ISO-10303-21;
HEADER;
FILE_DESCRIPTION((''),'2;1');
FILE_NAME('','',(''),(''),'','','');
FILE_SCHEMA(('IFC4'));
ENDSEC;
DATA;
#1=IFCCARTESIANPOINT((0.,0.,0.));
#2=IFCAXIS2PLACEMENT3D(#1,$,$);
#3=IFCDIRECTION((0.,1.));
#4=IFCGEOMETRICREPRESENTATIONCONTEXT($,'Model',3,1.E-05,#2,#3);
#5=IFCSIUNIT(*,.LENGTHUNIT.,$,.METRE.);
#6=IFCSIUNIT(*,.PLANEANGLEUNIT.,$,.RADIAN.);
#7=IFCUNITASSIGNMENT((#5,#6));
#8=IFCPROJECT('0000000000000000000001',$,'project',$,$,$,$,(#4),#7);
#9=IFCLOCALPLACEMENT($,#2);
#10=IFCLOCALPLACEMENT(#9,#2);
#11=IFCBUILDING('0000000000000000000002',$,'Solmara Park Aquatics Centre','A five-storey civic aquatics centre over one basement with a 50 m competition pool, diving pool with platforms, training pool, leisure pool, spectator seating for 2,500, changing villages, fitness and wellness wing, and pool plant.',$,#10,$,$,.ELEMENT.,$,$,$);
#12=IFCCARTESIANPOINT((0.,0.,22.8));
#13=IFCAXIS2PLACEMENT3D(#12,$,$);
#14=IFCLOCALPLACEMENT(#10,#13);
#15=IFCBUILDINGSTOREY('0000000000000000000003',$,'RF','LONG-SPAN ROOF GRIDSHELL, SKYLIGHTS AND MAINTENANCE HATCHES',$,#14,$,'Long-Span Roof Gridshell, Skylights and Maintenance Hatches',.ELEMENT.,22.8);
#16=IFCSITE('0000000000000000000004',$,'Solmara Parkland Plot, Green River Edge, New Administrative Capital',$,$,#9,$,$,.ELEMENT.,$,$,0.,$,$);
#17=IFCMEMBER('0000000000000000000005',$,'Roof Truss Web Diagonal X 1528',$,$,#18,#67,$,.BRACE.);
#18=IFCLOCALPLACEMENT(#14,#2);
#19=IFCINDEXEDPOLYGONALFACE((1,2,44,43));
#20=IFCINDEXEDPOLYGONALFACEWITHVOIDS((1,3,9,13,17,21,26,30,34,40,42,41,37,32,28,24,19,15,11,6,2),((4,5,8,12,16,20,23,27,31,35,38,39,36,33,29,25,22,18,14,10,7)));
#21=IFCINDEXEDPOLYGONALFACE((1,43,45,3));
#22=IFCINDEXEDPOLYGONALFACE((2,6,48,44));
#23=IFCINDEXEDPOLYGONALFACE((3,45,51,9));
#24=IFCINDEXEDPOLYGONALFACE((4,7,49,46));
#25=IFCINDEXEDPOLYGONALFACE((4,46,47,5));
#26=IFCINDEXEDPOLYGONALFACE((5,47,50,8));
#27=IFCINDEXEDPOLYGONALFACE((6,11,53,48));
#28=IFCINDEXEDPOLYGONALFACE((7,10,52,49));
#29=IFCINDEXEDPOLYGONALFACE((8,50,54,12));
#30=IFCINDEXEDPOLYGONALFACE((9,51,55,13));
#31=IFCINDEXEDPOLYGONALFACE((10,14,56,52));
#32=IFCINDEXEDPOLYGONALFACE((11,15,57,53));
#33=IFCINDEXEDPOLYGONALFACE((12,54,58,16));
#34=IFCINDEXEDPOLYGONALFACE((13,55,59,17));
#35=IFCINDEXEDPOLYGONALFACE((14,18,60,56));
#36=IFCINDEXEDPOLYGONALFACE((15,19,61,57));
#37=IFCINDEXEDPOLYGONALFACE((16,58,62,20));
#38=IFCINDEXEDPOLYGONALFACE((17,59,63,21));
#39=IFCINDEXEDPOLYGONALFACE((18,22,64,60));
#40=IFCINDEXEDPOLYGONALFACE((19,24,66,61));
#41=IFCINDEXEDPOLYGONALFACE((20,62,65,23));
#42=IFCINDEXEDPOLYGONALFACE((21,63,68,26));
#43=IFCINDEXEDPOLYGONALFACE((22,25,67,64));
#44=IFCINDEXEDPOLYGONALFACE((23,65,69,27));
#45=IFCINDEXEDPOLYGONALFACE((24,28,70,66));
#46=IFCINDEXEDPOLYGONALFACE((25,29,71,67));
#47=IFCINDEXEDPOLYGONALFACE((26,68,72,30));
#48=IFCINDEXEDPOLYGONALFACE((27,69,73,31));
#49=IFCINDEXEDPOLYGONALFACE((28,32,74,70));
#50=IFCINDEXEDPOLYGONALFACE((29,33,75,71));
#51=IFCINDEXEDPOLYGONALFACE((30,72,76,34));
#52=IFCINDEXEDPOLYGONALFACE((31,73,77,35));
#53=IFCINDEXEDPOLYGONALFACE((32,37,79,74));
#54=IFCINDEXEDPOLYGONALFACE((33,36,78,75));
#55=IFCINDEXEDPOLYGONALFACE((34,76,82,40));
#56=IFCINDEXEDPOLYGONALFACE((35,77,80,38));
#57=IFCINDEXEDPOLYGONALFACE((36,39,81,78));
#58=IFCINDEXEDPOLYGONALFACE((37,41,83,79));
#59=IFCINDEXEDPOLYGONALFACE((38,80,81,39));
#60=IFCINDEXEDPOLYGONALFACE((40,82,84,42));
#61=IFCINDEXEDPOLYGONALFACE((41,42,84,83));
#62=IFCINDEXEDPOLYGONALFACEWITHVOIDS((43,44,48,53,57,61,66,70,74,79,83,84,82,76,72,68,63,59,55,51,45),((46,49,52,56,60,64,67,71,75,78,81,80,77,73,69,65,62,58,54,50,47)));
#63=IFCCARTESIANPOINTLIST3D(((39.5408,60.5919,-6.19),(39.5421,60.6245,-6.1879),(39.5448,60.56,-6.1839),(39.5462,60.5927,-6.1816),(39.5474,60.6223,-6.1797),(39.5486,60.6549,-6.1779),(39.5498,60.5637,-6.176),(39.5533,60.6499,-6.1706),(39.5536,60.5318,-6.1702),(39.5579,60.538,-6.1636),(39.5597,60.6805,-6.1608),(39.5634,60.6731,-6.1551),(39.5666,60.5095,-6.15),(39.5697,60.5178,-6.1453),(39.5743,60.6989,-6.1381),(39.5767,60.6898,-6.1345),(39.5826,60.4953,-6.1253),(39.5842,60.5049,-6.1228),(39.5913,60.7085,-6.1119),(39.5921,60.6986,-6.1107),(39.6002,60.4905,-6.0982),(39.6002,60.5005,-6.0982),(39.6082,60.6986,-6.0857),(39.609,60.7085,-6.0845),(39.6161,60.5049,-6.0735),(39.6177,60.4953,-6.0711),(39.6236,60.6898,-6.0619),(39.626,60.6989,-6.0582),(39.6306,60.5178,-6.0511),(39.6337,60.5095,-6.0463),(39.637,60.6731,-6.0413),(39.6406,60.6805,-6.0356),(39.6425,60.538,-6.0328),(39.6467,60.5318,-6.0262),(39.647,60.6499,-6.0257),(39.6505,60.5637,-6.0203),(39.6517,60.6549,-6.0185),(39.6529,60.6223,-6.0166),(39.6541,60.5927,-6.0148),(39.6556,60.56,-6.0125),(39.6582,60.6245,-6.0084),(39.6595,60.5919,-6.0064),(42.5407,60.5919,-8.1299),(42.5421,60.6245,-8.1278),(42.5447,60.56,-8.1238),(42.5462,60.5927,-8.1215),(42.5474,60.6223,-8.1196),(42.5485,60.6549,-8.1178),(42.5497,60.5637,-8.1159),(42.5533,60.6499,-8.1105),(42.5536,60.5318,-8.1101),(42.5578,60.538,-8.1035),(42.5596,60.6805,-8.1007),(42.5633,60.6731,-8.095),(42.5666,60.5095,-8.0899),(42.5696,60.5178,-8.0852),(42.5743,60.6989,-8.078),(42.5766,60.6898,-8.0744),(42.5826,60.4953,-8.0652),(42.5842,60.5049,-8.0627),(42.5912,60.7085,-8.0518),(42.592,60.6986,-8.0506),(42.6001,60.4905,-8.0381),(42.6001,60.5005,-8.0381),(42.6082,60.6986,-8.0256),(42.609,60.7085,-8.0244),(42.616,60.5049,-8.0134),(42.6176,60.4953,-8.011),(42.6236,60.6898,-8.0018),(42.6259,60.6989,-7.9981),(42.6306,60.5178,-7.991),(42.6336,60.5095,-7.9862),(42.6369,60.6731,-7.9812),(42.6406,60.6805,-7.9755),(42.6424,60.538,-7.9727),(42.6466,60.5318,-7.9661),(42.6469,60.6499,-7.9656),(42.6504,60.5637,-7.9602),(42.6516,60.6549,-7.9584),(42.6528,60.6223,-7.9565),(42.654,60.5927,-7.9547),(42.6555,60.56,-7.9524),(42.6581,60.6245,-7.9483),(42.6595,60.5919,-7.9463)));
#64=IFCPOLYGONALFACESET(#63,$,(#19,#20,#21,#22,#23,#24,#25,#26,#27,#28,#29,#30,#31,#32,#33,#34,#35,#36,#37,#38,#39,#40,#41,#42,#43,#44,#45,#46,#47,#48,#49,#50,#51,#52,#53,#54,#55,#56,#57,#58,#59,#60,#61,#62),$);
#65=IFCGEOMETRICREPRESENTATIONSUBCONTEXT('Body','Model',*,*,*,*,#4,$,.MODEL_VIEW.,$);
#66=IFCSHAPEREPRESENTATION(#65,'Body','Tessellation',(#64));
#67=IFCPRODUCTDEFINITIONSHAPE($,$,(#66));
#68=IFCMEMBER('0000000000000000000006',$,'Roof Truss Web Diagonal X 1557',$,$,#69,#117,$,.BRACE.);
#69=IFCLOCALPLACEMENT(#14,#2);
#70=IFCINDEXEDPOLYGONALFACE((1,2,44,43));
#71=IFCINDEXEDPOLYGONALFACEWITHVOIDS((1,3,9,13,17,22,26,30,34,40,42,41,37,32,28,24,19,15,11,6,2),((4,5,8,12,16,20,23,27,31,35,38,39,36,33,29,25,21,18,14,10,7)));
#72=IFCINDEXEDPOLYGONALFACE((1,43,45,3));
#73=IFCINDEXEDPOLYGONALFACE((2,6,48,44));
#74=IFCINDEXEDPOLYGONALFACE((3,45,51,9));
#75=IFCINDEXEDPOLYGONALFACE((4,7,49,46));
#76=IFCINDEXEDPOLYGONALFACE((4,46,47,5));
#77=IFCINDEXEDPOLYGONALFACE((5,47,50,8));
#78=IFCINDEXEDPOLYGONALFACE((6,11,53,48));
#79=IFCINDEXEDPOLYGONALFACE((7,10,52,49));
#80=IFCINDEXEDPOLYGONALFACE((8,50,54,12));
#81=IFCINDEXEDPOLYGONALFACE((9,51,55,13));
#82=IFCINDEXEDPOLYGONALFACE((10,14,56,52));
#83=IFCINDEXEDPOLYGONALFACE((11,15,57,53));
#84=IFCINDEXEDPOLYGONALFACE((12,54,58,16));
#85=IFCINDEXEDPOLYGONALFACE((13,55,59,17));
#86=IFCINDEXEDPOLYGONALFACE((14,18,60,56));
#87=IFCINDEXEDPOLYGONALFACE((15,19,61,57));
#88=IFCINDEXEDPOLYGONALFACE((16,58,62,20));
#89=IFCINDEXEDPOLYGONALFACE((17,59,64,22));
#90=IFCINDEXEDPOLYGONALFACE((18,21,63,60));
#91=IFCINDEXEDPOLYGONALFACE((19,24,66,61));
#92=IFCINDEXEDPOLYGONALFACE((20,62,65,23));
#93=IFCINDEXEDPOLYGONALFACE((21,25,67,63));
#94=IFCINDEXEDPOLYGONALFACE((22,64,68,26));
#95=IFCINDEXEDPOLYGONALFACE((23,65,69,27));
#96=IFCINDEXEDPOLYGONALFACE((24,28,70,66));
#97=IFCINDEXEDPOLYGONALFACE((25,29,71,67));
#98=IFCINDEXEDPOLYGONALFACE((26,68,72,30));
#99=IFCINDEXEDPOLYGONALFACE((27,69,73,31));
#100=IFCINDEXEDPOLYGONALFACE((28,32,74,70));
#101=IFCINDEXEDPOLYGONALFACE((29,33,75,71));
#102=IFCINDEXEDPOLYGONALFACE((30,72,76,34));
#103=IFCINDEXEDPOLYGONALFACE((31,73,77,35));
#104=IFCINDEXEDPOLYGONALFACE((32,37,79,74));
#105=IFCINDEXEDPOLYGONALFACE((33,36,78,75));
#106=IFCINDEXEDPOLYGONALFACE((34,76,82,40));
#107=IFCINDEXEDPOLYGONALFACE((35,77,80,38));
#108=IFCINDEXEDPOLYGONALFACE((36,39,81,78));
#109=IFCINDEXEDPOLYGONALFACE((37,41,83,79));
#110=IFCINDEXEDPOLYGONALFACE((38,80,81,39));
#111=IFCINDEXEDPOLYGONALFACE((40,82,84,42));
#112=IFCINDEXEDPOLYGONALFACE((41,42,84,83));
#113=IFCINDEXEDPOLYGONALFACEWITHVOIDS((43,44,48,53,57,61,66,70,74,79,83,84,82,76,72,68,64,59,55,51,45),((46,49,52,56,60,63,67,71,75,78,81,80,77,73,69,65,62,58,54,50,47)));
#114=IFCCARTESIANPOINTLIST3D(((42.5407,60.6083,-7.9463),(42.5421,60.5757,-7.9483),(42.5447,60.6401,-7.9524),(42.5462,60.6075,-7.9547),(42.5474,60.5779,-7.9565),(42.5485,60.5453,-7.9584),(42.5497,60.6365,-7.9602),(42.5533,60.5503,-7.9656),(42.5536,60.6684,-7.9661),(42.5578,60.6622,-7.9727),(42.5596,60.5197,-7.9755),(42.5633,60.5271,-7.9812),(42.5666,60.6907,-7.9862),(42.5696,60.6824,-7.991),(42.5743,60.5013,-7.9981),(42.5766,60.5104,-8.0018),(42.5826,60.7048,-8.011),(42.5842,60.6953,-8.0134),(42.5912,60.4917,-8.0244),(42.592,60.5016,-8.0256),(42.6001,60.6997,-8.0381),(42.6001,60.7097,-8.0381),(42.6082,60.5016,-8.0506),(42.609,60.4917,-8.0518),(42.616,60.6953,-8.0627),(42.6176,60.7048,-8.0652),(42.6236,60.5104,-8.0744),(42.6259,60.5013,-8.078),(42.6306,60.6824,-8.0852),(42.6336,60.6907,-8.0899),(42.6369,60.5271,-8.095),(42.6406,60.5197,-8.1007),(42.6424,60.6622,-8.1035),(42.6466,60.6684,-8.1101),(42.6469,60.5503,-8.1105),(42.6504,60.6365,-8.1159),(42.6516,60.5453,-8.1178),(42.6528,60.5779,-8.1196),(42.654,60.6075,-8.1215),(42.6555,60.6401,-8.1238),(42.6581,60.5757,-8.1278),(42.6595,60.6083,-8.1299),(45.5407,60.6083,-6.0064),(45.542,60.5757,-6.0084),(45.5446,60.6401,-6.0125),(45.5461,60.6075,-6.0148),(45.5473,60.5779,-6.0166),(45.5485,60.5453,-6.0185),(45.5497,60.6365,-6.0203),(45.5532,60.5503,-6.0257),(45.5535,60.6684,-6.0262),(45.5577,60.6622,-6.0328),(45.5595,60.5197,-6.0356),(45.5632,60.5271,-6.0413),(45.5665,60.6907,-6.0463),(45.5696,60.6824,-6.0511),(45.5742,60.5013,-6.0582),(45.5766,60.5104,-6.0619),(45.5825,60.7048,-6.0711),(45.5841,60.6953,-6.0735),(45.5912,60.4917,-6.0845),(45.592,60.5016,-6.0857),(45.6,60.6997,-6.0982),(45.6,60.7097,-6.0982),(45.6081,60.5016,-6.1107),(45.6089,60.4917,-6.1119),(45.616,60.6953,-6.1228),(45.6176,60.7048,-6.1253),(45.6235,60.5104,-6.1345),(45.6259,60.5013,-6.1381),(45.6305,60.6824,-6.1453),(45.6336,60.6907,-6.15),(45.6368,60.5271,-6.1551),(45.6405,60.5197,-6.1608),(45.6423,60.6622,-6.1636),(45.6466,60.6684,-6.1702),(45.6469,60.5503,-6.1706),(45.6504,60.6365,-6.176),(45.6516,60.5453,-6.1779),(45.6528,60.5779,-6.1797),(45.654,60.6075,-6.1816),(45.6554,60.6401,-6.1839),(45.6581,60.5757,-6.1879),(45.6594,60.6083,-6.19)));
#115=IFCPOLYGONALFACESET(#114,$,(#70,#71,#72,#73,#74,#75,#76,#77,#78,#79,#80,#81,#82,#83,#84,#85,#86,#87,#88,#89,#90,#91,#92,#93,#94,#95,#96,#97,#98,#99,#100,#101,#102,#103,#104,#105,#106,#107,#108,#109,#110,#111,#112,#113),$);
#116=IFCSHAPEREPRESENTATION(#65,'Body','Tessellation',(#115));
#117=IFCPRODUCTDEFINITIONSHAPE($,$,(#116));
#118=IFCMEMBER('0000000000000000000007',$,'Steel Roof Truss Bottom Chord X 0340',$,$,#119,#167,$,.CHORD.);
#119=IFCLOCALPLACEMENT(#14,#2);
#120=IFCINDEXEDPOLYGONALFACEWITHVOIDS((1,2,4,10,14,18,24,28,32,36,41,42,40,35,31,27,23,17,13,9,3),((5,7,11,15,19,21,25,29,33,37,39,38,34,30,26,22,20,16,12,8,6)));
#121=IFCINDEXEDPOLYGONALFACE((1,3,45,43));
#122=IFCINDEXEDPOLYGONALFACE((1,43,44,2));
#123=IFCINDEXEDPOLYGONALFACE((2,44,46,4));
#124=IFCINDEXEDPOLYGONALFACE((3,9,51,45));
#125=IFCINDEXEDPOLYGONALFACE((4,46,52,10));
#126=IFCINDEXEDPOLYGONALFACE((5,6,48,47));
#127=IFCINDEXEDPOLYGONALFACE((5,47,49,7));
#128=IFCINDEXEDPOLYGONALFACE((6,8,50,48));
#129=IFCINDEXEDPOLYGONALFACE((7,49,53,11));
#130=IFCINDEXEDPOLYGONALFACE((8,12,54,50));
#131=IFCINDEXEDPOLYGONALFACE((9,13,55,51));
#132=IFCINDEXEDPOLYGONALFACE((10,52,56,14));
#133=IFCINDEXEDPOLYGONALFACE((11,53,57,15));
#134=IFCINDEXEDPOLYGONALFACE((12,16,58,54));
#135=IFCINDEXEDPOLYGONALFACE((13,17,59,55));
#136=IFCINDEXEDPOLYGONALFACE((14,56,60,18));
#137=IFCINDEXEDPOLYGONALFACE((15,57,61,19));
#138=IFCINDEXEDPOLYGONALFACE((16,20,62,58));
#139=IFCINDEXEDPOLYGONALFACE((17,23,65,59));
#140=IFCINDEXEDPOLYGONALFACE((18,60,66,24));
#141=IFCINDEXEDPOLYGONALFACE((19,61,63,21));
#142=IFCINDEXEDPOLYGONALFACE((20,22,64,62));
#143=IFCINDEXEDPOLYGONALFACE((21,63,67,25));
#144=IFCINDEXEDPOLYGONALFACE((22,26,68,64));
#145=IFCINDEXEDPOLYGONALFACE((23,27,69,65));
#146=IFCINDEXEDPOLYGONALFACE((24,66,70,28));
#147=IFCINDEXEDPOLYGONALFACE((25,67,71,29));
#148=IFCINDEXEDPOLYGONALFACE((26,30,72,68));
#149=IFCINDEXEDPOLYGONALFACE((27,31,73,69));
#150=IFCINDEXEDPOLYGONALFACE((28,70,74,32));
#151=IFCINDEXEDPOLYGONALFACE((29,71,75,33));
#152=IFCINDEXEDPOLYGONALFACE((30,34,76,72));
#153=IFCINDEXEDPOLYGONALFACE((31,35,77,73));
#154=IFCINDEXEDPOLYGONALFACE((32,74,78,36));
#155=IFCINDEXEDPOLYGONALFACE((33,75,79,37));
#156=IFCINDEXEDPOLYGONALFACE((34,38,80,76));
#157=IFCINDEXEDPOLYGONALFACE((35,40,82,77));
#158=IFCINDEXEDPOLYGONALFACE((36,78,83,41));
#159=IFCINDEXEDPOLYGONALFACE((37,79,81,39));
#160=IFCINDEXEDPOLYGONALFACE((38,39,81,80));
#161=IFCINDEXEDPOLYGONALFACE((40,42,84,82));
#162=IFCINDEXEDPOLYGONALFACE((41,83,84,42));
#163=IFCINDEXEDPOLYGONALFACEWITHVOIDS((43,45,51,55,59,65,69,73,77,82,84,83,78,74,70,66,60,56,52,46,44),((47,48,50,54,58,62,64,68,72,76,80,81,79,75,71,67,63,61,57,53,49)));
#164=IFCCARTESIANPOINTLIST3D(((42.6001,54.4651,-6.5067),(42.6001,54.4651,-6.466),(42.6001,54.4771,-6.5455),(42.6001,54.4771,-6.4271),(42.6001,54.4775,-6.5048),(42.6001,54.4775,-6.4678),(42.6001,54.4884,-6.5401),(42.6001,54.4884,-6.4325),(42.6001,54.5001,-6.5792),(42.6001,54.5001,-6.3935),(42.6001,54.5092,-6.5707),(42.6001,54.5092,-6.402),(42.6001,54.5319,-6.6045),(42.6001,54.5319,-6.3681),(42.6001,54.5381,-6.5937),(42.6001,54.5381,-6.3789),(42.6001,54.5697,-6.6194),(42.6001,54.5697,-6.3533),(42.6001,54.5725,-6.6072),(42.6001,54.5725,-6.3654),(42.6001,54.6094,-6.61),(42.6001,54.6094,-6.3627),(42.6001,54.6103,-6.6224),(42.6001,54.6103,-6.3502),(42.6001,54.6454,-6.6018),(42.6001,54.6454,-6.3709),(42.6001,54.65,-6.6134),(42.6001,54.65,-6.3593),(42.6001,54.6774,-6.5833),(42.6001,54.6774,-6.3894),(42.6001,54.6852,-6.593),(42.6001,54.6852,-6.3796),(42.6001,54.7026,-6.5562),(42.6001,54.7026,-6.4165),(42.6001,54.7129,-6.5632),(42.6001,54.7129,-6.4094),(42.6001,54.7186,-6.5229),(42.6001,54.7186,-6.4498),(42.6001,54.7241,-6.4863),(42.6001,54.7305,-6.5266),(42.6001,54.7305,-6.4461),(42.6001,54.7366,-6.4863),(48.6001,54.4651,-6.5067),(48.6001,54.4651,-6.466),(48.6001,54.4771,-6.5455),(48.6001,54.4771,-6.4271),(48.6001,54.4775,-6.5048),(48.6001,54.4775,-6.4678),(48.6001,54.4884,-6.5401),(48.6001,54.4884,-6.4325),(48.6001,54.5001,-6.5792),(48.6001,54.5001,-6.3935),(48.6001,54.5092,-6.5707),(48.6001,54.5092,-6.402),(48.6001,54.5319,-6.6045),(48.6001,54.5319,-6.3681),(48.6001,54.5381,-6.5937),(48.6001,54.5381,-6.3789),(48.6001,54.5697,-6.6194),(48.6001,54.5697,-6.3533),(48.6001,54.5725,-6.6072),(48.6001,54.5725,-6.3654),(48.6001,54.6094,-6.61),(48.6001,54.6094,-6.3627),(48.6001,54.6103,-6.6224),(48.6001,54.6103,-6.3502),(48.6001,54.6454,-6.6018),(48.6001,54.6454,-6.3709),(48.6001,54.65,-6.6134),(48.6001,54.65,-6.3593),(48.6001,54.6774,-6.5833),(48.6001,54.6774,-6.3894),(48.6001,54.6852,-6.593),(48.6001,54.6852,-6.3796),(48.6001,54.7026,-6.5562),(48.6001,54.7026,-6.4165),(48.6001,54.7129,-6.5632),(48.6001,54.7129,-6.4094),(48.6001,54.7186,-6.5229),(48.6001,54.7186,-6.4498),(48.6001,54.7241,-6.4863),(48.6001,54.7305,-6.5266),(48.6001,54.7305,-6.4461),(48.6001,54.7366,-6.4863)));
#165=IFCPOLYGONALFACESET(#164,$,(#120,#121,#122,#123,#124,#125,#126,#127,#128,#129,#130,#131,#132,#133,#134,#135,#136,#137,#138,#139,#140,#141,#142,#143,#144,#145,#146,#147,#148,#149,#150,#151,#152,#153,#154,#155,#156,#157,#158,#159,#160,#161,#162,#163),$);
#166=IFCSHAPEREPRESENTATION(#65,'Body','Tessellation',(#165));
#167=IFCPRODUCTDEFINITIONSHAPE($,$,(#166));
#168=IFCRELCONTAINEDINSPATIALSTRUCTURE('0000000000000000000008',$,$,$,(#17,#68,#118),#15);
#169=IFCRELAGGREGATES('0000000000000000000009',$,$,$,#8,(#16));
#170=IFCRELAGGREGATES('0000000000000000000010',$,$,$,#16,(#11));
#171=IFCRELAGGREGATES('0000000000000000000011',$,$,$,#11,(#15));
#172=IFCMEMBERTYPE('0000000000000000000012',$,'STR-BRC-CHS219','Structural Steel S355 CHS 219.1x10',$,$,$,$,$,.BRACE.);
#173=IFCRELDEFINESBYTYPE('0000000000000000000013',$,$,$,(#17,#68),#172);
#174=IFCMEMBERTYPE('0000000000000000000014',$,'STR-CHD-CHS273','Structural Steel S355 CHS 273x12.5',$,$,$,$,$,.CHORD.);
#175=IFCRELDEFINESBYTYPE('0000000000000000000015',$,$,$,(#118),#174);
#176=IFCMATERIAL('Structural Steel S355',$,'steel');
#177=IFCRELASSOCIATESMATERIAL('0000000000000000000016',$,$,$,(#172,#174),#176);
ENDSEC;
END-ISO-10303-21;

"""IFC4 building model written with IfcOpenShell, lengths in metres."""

from ifc_helpers import new_model, si_unit, direction, frame, origin, origin_2d, place, context, subcontext, project, spatial, hollow_circle, extrude, material, material_profile, profile_set, type_object, element, save


model = new_model("IFC4")

# Units and contexts
model_context = context("Model", 3, precision=1e-05, world=origin(), true_north=direction((0.0, 1.0)))
body_context = subcontext(model_context, "Body", "Model", "MODEL_VIEW")
ifc_project = project(units=[si_unit("LENGTHUNIT", "METRE"), si_unit("PLANEANGLEUNIT", "RADIAN")], contexts=[model_context])

# Site, building, storey
site_placement = place(None, origin())
site = spatial("IfcSite", under=ifc_project, at=site_placement, Name="Solmara Parkland Plot, Green River Edge, New Administrative Capital", CompositionType="ELEMENT", RefElevation=0.0)
building_placement = place(site_placement, origin())
building = spatial("IfcBuilding", under=site, at=building_placement, Name="Solmara Park Aquatics Centre", Description="A five-storey civic aquatics centre over one basement with a 50 m competition pool, diving pool with platforms, training pool, leisure pool, spectator seating for 2,500, changing villages, fitness and wellness wing, and pool plant.", CompositionType="ELEMENT")
storey_placement = place(building_placement, frame((0.0, 0.0, 22.8)))
storey = spatial("IfcBuildingStorey", under=building, at=storey_placement, Name="RF", Description="LONG-SPAN ROOF GRIDSHELL, SKYLIGHTS AND MAINTENANCE HATCHES", LongName="Long-Span Roof Gridshell, Skylights and Maintenance Hatches", CompositionType="ELEMENT", Elevation=22.8)

# Members
ifc_material_1 = material(Name="Structural Steel S355", Category="steel")
ifc_material_profile_1 = material_profile(ifc_material_1, hollow_circle(Radius=0.1096, WallThickness=0.01, at=origin_2d()), Name="CHS 219.1x10")
ifc_profile_set_1 = profile_set([ifc_material_profile_1], Name="Structural Steel S355")
member_type_1 = type_object("IfcMemberType", Name="STR-BRC-CHS219", Description="Structural Steel S355 CHS 219.1x10", PredefinedType="BRACE", material=ifc_profile_set_1)
for number, where, z_axis, x_axis, name in (
    (1, (42.6001, 60.6001, -8.0381), (-0.839728, 0.0, 0.543008), (0.0, -1.0, 0.0), "Roof Truss Web Diagonal X 1528"),
    (2, (42.6001, 60.6001, -8.0381), (0.839728, 0.0, 0.543008), (0.0, 1.0, 0.0), "Roof Truss Web Diagonal X 1557"),
):
    element("IfcMember", number, at=place(storey_placement, frame(where, z_axis=z_axis, x_axis=x_axis)), inside=storey, type_object=member_type_1, Name=name, PredefinedType="BRACE", context=body_context, shape_type="SweptSolid", body=[
        extrude(hollow_circle(Radius=0.1096, WallThickness=0.01, at=origin_2d()), origin(), (0.0, 0.0, 1.0), 3.5725),
    ])
ifc_material_profile_2 = material_profile(ifc_material_1, hollow_circle(Radius=0.1365, WallThickness=0.0125, at=origin_2d()), Name="CHS 273x12.5")
ifc_profile_set_2 = profile_set([ifc_material_profile_2], Name="Structural Steel S355")
member_type_2 = type_object("IfcMemberType", Name="STR-CHD-CHS273", Description="Structural Steel S355 CHS 273x12.5", PredefinedType="CHORD", material=ifc_profile_set_2)
member_1_placement = place(storey_placement, frame((42.6001, 54.6001, -6.4863), z_axis=(1.0, 0.0, 0.0), x_axis=(0.0, 1.0, 0.0)))
element("IfcMember", 3, at=member_1_placement, inside=storey, type_object=member_type_2, Name="Steel Roof Truss Bottom Chord X 0340", PredefinedType="CHORD", context=body_context, shape_type="SweptSolid", body=[
    extrude(hollow_circle(Radius=0.1365, WallThickness=0.0125, at=origin_2d()), origin(), (0.0, 0.0, 1.0), 6.0),
])

save(model, "model.ifc")
